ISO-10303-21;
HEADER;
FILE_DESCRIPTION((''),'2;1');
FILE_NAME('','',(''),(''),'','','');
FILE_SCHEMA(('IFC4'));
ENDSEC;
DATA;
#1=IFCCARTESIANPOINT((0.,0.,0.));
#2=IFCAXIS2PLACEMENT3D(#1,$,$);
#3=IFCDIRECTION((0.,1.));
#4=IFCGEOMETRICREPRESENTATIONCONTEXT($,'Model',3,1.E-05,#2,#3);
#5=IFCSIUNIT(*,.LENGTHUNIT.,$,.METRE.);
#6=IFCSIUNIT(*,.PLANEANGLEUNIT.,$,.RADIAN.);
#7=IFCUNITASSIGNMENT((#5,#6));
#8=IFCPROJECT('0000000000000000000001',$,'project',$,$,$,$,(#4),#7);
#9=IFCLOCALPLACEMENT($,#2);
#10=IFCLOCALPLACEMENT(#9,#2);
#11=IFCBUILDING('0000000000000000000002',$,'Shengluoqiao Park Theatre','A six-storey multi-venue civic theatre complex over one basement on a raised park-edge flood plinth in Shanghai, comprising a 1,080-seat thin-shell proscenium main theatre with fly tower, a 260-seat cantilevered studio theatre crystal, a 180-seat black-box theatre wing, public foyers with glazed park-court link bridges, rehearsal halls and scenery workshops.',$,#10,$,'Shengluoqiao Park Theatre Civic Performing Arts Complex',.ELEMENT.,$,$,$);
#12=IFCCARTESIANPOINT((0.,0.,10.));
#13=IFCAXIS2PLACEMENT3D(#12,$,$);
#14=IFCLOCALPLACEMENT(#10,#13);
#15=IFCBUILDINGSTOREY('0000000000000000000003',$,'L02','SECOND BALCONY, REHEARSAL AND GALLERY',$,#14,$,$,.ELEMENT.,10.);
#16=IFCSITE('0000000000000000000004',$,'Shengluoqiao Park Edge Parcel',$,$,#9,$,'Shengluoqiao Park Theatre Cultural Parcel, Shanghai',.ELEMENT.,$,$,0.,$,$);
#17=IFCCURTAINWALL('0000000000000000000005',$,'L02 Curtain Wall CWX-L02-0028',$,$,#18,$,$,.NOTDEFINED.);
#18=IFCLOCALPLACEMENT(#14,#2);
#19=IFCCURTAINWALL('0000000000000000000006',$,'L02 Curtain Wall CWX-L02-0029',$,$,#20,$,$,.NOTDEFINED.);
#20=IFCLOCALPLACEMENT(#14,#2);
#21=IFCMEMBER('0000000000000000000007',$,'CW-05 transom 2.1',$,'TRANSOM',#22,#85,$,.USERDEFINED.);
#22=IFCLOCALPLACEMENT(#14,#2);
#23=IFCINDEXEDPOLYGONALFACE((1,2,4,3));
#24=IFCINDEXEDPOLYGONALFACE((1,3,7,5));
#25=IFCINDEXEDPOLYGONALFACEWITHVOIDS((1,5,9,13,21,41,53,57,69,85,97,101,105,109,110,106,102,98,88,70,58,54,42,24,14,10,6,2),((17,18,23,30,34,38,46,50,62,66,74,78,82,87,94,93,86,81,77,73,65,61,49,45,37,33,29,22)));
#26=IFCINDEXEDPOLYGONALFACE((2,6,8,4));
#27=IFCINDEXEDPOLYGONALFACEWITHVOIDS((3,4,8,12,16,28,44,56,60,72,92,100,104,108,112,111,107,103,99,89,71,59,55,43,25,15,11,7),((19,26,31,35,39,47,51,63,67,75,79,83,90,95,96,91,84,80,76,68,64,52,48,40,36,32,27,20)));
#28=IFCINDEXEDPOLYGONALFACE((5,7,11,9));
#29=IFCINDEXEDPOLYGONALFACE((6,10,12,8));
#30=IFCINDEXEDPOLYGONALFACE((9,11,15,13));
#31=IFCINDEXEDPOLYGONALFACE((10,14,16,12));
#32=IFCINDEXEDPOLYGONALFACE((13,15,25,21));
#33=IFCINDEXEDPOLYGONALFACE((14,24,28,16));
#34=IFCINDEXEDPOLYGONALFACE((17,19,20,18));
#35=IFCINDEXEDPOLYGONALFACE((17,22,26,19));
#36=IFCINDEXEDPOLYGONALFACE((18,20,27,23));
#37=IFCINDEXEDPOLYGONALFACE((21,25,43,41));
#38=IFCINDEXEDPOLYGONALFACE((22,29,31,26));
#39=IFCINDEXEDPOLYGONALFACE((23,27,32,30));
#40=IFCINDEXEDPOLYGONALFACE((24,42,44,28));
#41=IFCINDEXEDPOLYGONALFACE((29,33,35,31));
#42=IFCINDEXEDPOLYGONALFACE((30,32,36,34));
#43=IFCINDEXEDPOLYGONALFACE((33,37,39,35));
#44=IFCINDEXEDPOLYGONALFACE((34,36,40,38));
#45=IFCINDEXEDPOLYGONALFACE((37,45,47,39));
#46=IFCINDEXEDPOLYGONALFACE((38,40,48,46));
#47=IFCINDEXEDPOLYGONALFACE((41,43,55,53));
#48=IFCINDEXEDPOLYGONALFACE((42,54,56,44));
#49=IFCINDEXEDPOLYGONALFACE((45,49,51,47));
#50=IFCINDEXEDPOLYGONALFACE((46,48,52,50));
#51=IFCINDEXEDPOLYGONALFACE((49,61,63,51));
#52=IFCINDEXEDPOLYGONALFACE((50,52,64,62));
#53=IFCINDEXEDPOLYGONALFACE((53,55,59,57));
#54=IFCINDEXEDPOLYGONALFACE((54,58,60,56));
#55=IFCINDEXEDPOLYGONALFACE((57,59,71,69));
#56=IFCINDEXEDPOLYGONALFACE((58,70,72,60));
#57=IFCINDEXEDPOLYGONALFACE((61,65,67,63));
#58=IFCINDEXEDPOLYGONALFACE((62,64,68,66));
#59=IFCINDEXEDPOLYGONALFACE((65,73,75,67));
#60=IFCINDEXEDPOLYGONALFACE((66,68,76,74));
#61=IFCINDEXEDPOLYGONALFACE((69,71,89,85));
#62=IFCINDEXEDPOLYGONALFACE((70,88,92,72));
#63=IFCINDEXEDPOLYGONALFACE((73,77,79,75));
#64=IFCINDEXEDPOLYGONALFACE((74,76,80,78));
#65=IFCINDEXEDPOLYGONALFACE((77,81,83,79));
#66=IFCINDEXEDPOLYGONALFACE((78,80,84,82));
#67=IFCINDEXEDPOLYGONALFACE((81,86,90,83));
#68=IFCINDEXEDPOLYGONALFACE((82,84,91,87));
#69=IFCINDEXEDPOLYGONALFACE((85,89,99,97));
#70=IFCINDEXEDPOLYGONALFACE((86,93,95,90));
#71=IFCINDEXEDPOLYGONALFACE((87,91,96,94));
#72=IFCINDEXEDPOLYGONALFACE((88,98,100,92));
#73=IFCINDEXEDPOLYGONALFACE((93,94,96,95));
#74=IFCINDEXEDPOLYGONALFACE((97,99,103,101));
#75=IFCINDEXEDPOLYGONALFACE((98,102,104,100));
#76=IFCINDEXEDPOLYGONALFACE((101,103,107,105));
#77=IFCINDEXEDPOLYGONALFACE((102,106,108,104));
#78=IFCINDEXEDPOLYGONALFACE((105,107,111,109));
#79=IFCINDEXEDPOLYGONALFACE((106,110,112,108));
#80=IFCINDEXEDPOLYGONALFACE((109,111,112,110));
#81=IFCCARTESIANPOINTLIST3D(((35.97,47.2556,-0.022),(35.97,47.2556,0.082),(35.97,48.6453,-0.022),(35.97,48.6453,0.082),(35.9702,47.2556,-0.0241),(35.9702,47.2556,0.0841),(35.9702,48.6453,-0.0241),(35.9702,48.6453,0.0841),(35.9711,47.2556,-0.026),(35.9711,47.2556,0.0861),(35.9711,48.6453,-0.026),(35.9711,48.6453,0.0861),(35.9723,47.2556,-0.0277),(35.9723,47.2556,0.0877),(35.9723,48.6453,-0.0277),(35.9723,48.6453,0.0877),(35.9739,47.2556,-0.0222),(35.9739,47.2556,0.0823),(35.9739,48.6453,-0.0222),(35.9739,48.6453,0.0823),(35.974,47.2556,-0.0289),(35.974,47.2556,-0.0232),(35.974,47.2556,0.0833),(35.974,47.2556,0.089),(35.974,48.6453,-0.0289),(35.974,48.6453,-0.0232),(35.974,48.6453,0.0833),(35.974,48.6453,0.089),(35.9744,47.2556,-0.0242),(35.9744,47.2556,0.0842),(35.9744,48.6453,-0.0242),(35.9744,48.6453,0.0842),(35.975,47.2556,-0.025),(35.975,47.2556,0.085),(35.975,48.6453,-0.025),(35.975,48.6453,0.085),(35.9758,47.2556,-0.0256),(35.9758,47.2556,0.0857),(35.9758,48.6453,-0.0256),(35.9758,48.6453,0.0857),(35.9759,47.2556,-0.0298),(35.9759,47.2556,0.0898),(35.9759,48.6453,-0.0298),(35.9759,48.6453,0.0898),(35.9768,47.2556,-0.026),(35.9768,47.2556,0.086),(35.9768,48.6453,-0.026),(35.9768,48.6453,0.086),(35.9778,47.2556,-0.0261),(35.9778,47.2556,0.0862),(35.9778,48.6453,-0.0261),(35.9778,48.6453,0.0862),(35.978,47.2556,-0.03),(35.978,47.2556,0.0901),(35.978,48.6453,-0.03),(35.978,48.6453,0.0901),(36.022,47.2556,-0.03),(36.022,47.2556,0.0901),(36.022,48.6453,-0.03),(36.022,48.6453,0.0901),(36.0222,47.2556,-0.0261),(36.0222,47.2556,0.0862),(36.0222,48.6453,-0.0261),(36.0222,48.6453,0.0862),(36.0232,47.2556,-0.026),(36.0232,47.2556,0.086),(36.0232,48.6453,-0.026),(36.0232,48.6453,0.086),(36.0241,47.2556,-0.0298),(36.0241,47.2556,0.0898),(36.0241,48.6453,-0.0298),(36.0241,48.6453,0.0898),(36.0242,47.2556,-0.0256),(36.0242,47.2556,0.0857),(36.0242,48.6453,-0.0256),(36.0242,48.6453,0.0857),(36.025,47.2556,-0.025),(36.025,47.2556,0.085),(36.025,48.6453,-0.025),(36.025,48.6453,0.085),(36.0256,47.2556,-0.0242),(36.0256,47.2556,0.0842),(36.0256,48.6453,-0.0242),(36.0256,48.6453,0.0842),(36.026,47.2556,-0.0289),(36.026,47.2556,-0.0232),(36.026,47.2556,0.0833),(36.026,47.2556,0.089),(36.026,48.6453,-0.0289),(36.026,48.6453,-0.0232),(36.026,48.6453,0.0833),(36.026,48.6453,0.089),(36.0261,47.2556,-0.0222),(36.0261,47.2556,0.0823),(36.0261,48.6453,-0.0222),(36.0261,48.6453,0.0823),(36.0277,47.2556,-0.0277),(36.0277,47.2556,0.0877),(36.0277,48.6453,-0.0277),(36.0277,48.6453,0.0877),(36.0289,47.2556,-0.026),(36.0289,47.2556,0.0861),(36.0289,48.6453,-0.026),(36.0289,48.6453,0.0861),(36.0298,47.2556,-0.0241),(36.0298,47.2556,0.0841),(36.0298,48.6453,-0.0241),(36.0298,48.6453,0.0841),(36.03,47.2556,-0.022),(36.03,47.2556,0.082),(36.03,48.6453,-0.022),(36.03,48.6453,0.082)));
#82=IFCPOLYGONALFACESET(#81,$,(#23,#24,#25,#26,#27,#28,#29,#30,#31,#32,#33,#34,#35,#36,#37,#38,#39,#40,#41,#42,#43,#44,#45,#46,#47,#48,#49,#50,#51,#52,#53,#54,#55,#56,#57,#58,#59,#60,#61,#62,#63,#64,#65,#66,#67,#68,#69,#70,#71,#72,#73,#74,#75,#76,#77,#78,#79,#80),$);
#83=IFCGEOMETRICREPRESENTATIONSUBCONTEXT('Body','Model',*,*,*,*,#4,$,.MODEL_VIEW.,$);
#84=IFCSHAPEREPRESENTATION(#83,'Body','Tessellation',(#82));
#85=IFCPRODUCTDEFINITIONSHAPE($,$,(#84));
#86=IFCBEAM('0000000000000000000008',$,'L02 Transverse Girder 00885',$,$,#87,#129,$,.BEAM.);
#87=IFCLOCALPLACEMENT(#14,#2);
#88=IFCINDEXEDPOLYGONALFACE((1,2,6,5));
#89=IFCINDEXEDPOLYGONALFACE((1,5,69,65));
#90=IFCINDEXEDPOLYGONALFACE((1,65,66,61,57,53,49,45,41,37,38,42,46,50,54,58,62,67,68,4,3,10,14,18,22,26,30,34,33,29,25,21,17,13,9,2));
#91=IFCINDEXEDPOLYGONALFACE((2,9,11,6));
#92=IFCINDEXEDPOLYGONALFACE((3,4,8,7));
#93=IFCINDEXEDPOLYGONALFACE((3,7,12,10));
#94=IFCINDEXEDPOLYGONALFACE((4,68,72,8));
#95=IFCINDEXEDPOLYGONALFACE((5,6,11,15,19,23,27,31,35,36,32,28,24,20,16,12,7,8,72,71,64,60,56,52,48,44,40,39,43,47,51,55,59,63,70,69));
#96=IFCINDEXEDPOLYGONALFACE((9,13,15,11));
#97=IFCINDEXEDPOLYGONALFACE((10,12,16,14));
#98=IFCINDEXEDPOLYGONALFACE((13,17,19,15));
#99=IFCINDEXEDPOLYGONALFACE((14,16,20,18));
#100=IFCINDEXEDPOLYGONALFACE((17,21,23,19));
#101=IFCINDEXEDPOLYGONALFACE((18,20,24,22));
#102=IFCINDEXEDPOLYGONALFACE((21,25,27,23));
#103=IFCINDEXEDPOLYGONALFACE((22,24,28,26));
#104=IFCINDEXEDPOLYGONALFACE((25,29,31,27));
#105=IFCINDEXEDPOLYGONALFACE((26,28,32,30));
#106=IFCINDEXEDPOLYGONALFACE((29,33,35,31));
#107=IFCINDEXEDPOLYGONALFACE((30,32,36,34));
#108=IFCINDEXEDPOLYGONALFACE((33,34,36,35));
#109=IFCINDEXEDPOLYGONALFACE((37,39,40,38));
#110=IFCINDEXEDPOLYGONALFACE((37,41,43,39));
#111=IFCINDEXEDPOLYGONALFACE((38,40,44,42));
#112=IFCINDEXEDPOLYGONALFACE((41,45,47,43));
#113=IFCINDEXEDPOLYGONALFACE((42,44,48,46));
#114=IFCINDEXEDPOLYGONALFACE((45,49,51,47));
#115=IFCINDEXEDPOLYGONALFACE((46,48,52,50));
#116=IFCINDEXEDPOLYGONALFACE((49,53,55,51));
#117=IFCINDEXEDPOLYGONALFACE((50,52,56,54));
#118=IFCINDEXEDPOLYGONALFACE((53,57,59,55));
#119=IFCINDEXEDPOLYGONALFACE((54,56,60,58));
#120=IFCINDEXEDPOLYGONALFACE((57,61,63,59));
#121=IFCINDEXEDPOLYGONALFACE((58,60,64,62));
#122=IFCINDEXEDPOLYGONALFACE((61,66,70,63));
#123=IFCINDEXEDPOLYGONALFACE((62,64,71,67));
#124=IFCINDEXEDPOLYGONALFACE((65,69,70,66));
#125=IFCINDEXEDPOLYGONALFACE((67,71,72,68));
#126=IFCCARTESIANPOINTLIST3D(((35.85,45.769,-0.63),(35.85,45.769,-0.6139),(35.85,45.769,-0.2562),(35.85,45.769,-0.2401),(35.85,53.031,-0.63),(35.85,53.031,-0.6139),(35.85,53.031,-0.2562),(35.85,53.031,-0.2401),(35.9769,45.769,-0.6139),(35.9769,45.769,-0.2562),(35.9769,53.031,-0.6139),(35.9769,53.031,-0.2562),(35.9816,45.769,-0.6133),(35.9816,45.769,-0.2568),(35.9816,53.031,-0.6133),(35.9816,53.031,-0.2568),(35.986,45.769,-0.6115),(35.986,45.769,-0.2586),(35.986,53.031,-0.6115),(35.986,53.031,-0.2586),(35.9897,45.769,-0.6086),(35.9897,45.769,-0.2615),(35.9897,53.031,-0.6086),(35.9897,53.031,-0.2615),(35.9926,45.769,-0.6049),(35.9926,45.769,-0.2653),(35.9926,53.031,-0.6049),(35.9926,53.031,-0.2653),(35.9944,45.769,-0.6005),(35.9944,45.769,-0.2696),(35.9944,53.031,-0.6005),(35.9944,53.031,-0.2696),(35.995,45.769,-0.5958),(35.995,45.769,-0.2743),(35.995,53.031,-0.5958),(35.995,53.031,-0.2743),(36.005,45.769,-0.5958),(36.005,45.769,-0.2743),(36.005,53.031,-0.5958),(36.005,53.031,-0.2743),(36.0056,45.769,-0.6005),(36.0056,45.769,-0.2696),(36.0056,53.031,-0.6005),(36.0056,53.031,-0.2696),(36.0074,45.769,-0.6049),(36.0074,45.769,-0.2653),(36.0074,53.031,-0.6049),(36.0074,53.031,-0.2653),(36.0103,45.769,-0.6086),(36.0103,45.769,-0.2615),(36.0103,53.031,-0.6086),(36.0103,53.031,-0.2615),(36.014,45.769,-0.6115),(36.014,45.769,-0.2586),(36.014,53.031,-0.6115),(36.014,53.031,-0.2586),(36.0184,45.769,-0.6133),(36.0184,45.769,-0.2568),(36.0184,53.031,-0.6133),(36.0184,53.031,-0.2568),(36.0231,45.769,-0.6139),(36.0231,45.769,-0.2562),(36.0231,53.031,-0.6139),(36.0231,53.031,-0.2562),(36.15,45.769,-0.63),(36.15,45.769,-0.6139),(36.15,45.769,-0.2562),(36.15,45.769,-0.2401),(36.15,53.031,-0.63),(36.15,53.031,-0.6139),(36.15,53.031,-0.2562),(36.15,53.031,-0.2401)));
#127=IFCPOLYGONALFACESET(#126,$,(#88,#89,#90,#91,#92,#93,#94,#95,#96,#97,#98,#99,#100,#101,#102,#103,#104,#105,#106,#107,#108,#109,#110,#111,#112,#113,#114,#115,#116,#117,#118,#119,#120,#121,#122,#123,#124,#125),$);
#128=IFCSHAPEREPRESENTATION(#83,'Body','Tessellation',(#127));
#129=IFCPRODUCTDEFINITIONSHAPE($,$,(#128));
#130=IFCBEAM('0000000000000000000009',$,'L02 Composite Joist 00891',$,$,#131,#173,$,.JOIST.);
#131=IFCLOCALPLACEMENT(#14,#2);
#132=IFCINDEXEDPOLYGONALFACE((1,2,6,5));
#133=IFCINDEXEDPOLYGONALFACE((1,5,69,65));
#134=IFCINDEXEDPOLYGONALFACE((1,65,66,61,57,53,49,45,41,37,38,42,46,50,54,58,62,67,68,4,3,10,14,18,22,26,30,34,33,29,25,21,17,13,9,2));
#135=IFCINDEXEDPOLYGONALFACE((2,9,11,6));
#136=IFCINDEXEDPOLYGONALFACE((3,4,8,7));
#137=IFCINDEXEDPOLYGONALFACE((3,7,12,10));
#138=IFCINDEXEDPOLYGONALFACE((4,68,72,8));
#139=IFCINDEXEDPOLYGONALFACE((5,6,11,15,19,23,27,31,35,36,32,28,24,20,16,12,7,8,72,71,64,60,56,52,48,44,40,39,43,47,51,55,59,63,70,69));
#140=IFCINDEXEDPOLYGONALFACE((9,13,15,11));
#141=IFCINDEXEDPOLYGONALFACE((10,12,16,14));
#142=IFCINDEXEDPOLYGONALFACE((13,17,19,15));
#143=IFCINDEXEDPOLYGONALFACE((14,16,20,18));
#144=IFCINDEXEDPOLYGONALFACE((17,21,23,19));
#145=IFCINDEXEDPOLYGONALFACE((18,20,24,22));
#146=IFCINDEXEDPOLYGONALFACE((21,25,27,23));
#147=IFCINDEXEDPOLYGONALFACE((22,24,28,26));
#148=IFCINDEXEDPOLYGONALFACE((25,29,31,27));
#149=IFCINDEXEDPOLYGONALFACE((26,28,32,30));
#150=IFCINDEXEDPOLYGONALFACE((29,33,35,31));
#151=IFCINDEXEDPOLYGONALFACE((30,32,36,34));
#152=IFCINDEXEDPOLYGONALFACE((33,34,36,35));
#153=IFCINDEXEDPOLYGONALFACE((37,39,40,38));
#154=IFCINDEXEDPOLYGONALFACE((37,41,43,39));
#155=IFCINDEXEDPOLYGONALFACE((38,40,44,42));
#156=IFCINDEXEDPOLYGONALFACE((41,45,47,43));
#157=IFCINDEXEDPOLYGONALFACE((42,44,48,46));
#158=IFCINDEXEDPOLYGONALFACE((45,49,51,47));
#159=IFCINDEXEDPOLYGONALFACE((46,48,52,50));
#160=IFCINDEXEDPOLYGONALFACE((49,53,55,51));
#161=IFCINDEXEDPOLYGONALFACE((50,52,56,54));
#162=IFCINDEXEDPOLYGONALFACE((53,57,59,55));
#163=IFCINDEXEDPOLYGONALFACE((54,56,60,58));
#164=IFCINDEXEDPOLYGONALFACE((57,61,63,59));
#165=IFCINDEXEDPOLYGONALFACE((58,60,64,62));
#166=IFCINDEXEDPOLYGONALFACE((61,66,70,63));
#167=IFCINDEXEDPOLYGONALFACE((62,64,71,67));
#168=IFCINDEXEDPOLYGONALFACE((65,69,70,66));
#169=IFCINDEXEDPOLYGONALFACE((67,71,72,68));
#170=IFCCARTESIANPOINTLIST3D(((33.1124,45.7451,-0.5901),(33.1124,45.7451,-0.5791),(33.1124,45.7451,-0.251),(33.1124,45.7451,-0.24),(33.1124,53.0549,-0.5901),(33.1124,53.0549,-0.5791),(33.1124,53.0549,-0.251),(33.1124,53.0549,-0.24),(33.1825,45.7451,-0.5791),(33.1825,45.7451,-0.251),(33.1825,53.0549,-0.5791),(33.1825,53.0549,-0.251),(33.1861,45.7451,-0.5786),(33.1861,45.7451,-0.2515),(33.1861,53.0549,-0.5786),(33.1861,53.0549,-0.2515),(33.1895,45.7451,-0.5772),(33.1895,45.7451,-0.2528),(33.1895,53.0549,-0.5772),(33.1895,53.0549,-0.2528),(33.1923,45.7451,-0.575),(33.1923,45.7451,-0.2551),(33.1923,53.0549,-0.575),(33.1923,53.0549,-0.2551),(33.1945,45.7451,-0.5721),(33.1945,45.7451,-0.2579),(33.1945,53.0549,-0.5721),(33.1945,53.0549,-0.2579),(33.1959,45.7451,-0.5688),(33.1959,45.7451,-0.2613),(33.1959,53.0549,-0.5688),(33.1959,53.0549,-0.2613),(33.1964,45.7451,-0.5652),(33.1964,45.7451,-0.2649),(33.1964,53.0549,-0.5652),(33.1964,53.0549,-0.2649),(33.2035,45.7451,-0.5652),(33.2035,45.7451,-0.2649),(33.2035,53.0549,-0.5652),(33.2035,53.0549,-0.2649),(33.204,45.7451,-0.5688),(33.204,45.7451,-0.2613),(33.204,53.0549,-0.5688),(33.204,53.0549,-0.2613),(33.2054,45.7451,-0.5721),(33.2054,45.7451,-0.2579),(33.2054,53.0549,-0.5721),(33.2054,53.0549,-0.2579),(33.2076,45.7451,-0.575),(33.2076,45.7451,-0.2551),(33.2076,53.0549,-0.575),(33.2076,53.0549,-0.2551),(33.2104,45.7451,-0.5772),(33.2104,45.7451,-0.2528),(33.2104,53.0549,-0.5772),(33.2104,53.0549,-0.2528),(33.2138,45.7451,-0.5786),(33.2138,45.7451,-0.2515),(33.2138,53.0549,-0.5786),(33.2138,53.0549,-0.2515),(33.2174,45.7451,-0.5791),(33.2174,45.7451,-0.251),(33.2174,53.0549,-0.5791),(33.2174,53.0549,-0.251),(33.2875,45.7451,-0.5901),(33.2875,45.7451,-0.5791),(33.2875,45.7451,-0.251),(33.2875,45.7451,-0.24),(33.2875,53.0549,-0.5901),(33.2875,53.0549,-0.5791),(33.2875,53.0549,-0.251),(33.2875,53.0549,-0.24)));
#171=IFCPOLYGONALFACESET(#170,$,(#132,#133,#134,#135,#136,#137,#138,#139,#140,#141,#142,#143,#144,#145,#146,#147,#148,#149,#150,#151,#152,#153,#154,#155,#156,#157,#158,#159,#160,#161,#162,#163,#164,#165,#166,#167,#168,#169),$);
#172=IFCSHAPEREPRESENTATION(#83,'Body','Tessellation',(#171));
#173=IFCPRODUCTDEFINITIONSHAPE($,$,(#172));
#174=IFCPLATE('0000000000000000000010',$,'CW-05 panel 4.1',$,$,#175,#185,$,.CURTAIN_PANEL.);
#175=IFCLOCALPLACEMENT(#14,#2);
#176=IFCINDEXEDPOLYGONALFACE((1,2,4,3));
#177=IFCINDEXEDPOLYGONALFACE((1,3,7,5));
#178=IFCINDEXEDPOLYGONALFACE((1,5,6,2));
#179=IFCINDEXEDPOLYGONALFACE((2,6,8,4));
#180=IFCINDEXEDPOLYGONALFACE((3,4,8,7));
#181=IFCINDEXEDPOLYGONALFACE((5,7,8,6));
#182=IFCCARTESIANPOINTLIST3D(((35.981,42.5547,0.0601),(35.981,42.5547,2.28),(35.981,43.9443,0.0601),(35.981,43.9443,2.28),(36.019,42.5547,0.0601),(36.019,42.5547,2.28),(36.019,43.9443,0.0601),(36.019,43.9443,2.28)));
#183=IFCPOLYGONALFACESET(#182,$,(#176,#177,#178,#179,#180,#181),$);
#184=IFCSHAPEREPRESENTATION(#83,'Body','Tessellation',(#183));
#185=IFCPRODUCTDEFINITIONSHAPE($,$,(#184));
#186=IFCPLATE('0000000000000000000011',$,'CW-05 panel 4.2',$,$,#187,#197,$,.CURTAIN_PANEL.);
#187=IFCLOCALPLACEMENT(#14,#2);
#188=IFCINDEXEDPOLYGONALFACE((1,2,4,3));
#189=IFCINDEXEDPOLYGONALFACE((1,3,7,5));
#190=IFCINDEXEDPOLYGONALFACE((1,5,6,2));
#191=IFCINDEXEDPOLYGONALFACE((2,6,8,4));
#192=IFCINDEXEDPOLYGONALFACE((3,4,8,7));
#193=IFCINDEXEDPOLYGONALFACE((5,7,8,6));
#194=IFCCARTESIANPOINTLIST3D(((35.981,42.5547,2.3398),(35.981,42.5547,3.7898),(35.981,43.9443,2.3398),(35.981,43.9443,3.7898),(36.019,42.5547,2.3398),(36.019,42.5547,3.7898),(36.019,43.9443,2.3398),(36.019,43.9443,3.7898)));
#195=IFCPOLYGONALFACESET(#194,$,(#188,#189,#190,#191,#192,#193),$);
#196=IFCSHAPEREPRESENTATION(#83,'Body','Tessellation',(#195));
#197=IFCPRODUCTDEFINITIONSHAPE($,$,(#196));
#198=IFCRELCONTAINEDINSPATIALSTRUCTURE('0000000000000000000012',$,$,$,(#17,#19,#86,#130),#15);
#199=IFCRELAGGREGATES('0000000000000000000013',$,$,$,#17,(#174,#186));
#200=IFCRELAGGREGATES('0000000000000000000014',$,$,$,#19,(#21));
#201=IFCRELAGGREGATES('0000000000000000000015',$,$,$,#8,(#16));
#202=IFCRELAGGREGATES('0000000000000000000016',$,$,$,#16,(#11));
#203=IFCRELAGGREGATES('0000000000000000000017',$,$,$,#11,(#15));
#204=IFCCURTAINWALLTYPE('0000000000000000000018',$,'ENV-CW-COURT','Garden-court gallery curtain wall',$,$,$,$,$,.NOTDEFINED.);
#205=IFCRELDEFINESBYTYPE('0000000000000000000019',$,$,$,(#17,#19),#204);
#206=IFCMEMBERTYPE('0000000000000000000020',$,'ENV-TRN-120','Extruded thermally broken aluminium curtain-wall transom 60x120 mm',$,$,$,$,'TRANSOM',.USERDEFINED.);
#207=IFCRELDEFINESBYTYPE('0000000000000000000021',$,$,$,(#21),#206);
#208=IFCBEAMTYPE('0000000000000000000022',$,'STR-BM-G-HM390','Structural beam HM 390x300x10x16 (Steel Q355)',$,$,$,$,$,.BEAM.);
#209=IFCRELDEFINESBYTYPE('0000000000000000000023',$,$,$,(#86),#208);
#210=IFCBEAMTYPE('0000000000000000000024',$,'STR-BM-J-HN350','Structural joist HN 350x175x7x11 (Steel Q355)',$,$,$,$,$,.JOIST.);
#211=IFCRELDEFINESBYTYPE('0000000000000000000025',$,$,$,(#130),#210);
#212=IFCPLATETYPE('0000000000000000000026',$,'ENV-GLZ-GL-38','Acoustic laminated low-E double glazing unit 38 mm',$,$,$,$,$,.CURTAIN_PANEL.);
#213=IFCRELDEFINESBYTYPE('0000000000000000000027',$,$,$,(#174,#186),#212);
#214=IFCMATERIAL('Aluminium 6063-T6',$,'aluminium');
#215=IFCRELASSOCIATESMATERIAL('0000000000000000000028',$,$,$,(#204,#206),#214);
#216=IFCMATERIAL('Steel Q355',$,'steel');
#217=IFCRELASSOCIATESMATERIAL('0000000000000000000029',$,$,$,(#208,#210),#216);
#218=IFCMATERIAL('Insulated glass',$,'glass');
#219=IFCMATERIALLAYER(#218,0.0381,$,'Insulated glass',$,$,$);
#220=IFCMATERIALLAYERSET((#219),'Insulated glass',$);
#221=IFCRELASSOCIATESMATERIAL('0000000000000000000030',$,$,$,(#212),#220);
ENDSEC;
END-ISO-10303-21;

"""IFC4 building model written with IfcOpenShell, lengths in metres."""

from ifc_helpers import new_model, si_unit, direction, frame, origin, origin_2d, place, context, subcontext, project, spatial, rectangle, hollow_rectangle, i_section, extrude, material, layer, layer_set, material_profile, profile_set, type_object, element, aggregate, save


model = new_model("IFC4")

# Units and contexts
model_context = context("Model", 3, precision=1e-05, world=origin(), true_north=direction((0.0, 1.0)))
body_context = subcontext(model_context, "Body", "Model", "MODEL_VIEW")
ifc_project = project(units=[si_unit("LENGTHUNIT", "METRE"), si_unit("PLANEANGLEUNIT", "RADIAN")], contexts=[model_context])

# Site, building, storey
site_placement = place(None, origin())
site = spatial("IfcSite", under=ifc_project, at=site_placement, Name="Shengluoqiao Park Edge Parcel", LongName="Shengluoqiao Park Theatre Cultural Parcel, Shanghai", CompositionType="ELEMENT", RefElevation=0.0)
building_placement = place(site_placement, origin())
building = spatial("IfcBuilding", under=site, at=building_placement, Name="Shengluoqiao Park Theatre", Description="A six-storey multi-venue civic theatre complex over one basement on a raised park-edge flood plinth in Shanghai, comprising a 1,080-seat thin-shell proscenium main theatre with fly tower, a 260-seat cantilevered studio theatre crystal, a 180-seat black-box theatre wing, public foyers with glazed park-court link bridges, rehearsal halls and scenery workshops.", LongName="Shengluoqiao Park Theatre Civic Performing Arts Complex", CompositionType="ELEMENT")
storey_placement = place(building_placement, frame((0.0, 0.0, 10.0)))
storey = spatial("IfcBuildingStorey", under=building, at=storey_placement, Name="L02", Description="SECOND BALCONY, REHEARSAL AND GALLERY", CompositionType="ELEMENT", Elevation=10.0)

# Shared definitions
ifc_material_1 = material(Name="Steel Q355", Category="steel")

# Curtain walls
ifc_material_2 = material(Name="Aluminium 6063-T6", Category="aluminium")
curtain_wall_type = type_object("IfcCurtainWallType", Name="ENV-CW-COURT", Description="Garden-court gallery curtain wall", PredefinedType="NOTDEFINED", material=ifc_material_2)
curtain_wall_1_placement = place(storey_placement, origin())
curtain_wall_1 = element("IfcCurtainWall", 1, at=curtain_wall_1_placement, inside=storey, type_object=curtain_wall_type, Name="L02 Curtain Wall CWX-L02-0028", PredefinedType="NOTDEFINED")
curtain_wall_2_placement = place(storey_placement, origin())
curtain_wall_2 = element("IfcCurtainWall", 2, at=curtain_wall_2_placement, inside=storey, type_object=curtain_wall_type, Name="L02 Curtain Wall CWX-L02-0029", PredefinedType="NOTDEFINED")

# Member
ifc_material_profile_1 = material_profile(ifc_material_2, hollow_rectangle(XDim=0.0601, YDim=0.1201, WallThickness=0.0039, InnerFilletRadius=0.0039, OuterFilletRadius=0.0081, at=origin_2d()), Name="ALU TRANSOM 120x60x4")
ifc_profile_set_1 = profile_set([ifc_material_profile_1], Name="Aluminium 6063-T6")
member_type_1 = type_object("IfcMemberType", Name="ENV-TRN-120", Description="Extruded thermally broken aluminium curtain-wall transom 60x120 mm", ElementType="TRANSOM", PredefinedType="USERDEFINED", material=ifc_profile_set_1)
member_1_placement = place(storey_placement, frame((36.0, 47.2556, 0.03), z_axis=(0.0, 1.0, 0.0), x_axis=(-1.0, 0.0, 0.0)))
member_1 = element("IfcMember", 3, at=member_1_placement, type_object=member_type_1, Name="CW-05 transom 2.1", ObjectType="TRANSOM", PredefinedType="USERDEFINED", context=body_context, shape_type="SweptSolid", body=[
    extrude(hollow_rectangle(XDim=0.0601, YDim=0.1201, WallThickness=0.0039, InnerFilletRadius=0.0039, OuterFilletRadius=0.0081, at=origin_2d()), origin(), (0.0, 0.0, 1.0), 1.3896),
])

# Beams
ifc_material_profile_2 = material_profile(ifc_material_1, i_section(OverallWidth=0.3, OverallDepth=0.3899, WebThickness=0.01, FlangeThickness=0.0161, FilletRadius=0.0181, at=origin_2d()), Name="HM 390x300x10x16")
ifc_profile_set_2 = profile_set([ifc_material_profile_2], Name="Steel Q355")
beam_type_1 = type_object("IfcBeamType", Name="STR-BM-G-HM390", Description="Structural beam HM 390x300x10x16 (Steel Q355)", PredefinedType="BEAM", material=ifc_profile_set_2)
beam_1_placement = place(storey_placement, frame((36.0, 45.769, -0.4351), z_axis=(0.0, 1.0, 0.0), x_axis=(-1.0, 0.0, 0.0)))
element("IfcBeam", 4, at=beam_1_placement, inside=storey, type_object=beam_type_1, Name="L02 Transverse Girder 00885", PredefinedType="BEAM", context=body_context, shape_type="SweptSolid", body=[
    extrude(i_section(OverallWidth=0.3, OverallDepth=0.3899, WebThickness=0.01, FlangeThickness=0.0161, FilletRadius=0.0181, at=origin_2d()), origin(), (0.0, 0.0, 1.0), 7.262),
])
ifc_material_profile_3 = material_profile(ifc_material_1, i_section(OverallWidth=0.175, OverallDepth=0.3501, WebThickness=0.0071, FlangeThickness=0.011, FilletRadius=0.0139, at=origin_2d()), Name="HN 350x175x7x11")
ifc_profile_set_3 = profile_set([ifc_material_profile_3], Name="Steel Q355")
beam_type_2 = type_object("IfcBeamType", Name="STR-BM-J-HN350", Description="Structural joist HN 350x175x7x11 (Steel Q355)", PredefinedType="JOIST", material=ifc_profile_set_3)
beam_2_placement = place(storey_placement, frame((33.2, 45.7451, -0.415), z_axis=(0.0, 1.0, 0.0), x_axis=(-1.0, 0.0, 0.0)))
element("IfcBeam", 5, at=beam_2_placement, inside=storey, type_object=beam_type_2, Name="L02 Composite Joist 00891", PredefinedType="JOIST", context=body_context, shape_type="SweptSolid", body=[
    extrude(i_section(OverallWidth=0.175, OverallDepth=0.3501, WebThickness=0.0071, FlangeThickness=0.011, FilletRadius=0.0139, at=origin_2d()), origin(), (0.0, 0.0, 1.0), 7.3098),
])

# Plates
ifc_material_3 = material(Name="Insulated glass", Category="glass")
ifc_layer = layer(ifc_material_3, 0.0381, Name="Insulated glass")
ifc_layer_set = layer_set([ifc_layer], Name="Insulated glass")
plate_type = type_object("IfcPlateType", Name="ENV-GLZ-GL-38", Description="Acoustic laminated low-E double glazing unit 38 mm", PredefinedType="CURTAIN_PANEL", material=ifc_layer_set)
plate_1_placement = place(storey_placement, frame((36.0, 43.2495, 0.0601), z_axis=(0.0, 0.0, 1.0), x_axis=(0.0, 1.0, 0.0)))
plate_1 = element("IfcPlate", 6, at=plate_1_placement, type_object=plate_type, Name="CW-05 panel 4.1", PredefinedType="CURTAIN_PANEL", context=body_context, shape_type="SweptSolid", body=[
    extrude(rectangle(XDim=1.3896, YDim=0.0381, at=origin_2d()), origin(), (0.0, 0.0, 1.0), 2.22),
])
plate_2_placement = place(storey_placement, frame((36.0, 43.2495, 2.3398), z_axis=(0.0, 0.0, 1.0), x_axis=(0.0, 1.0, 0.0)))
plate_2 = element("IfcPlate", 7, at=plate_2_placement, type_object=plate_type, Name="CW-05 panel 4.2", PredefinedType="CURTAIN_PANEL", context=body_context, shape_type="SweptSolid", body=[
    extrude(rectangle(XDim=1.3896, YDim=0.0381, at=origin_2d()), origin(), (0.0, 0.0, 1.0), 1.45),
])
aggregate(curtain_wall_1, [plate_1, plate_2])
aggregate(curtain_wall_2, [member_1])

save(model, "model.ifc")
